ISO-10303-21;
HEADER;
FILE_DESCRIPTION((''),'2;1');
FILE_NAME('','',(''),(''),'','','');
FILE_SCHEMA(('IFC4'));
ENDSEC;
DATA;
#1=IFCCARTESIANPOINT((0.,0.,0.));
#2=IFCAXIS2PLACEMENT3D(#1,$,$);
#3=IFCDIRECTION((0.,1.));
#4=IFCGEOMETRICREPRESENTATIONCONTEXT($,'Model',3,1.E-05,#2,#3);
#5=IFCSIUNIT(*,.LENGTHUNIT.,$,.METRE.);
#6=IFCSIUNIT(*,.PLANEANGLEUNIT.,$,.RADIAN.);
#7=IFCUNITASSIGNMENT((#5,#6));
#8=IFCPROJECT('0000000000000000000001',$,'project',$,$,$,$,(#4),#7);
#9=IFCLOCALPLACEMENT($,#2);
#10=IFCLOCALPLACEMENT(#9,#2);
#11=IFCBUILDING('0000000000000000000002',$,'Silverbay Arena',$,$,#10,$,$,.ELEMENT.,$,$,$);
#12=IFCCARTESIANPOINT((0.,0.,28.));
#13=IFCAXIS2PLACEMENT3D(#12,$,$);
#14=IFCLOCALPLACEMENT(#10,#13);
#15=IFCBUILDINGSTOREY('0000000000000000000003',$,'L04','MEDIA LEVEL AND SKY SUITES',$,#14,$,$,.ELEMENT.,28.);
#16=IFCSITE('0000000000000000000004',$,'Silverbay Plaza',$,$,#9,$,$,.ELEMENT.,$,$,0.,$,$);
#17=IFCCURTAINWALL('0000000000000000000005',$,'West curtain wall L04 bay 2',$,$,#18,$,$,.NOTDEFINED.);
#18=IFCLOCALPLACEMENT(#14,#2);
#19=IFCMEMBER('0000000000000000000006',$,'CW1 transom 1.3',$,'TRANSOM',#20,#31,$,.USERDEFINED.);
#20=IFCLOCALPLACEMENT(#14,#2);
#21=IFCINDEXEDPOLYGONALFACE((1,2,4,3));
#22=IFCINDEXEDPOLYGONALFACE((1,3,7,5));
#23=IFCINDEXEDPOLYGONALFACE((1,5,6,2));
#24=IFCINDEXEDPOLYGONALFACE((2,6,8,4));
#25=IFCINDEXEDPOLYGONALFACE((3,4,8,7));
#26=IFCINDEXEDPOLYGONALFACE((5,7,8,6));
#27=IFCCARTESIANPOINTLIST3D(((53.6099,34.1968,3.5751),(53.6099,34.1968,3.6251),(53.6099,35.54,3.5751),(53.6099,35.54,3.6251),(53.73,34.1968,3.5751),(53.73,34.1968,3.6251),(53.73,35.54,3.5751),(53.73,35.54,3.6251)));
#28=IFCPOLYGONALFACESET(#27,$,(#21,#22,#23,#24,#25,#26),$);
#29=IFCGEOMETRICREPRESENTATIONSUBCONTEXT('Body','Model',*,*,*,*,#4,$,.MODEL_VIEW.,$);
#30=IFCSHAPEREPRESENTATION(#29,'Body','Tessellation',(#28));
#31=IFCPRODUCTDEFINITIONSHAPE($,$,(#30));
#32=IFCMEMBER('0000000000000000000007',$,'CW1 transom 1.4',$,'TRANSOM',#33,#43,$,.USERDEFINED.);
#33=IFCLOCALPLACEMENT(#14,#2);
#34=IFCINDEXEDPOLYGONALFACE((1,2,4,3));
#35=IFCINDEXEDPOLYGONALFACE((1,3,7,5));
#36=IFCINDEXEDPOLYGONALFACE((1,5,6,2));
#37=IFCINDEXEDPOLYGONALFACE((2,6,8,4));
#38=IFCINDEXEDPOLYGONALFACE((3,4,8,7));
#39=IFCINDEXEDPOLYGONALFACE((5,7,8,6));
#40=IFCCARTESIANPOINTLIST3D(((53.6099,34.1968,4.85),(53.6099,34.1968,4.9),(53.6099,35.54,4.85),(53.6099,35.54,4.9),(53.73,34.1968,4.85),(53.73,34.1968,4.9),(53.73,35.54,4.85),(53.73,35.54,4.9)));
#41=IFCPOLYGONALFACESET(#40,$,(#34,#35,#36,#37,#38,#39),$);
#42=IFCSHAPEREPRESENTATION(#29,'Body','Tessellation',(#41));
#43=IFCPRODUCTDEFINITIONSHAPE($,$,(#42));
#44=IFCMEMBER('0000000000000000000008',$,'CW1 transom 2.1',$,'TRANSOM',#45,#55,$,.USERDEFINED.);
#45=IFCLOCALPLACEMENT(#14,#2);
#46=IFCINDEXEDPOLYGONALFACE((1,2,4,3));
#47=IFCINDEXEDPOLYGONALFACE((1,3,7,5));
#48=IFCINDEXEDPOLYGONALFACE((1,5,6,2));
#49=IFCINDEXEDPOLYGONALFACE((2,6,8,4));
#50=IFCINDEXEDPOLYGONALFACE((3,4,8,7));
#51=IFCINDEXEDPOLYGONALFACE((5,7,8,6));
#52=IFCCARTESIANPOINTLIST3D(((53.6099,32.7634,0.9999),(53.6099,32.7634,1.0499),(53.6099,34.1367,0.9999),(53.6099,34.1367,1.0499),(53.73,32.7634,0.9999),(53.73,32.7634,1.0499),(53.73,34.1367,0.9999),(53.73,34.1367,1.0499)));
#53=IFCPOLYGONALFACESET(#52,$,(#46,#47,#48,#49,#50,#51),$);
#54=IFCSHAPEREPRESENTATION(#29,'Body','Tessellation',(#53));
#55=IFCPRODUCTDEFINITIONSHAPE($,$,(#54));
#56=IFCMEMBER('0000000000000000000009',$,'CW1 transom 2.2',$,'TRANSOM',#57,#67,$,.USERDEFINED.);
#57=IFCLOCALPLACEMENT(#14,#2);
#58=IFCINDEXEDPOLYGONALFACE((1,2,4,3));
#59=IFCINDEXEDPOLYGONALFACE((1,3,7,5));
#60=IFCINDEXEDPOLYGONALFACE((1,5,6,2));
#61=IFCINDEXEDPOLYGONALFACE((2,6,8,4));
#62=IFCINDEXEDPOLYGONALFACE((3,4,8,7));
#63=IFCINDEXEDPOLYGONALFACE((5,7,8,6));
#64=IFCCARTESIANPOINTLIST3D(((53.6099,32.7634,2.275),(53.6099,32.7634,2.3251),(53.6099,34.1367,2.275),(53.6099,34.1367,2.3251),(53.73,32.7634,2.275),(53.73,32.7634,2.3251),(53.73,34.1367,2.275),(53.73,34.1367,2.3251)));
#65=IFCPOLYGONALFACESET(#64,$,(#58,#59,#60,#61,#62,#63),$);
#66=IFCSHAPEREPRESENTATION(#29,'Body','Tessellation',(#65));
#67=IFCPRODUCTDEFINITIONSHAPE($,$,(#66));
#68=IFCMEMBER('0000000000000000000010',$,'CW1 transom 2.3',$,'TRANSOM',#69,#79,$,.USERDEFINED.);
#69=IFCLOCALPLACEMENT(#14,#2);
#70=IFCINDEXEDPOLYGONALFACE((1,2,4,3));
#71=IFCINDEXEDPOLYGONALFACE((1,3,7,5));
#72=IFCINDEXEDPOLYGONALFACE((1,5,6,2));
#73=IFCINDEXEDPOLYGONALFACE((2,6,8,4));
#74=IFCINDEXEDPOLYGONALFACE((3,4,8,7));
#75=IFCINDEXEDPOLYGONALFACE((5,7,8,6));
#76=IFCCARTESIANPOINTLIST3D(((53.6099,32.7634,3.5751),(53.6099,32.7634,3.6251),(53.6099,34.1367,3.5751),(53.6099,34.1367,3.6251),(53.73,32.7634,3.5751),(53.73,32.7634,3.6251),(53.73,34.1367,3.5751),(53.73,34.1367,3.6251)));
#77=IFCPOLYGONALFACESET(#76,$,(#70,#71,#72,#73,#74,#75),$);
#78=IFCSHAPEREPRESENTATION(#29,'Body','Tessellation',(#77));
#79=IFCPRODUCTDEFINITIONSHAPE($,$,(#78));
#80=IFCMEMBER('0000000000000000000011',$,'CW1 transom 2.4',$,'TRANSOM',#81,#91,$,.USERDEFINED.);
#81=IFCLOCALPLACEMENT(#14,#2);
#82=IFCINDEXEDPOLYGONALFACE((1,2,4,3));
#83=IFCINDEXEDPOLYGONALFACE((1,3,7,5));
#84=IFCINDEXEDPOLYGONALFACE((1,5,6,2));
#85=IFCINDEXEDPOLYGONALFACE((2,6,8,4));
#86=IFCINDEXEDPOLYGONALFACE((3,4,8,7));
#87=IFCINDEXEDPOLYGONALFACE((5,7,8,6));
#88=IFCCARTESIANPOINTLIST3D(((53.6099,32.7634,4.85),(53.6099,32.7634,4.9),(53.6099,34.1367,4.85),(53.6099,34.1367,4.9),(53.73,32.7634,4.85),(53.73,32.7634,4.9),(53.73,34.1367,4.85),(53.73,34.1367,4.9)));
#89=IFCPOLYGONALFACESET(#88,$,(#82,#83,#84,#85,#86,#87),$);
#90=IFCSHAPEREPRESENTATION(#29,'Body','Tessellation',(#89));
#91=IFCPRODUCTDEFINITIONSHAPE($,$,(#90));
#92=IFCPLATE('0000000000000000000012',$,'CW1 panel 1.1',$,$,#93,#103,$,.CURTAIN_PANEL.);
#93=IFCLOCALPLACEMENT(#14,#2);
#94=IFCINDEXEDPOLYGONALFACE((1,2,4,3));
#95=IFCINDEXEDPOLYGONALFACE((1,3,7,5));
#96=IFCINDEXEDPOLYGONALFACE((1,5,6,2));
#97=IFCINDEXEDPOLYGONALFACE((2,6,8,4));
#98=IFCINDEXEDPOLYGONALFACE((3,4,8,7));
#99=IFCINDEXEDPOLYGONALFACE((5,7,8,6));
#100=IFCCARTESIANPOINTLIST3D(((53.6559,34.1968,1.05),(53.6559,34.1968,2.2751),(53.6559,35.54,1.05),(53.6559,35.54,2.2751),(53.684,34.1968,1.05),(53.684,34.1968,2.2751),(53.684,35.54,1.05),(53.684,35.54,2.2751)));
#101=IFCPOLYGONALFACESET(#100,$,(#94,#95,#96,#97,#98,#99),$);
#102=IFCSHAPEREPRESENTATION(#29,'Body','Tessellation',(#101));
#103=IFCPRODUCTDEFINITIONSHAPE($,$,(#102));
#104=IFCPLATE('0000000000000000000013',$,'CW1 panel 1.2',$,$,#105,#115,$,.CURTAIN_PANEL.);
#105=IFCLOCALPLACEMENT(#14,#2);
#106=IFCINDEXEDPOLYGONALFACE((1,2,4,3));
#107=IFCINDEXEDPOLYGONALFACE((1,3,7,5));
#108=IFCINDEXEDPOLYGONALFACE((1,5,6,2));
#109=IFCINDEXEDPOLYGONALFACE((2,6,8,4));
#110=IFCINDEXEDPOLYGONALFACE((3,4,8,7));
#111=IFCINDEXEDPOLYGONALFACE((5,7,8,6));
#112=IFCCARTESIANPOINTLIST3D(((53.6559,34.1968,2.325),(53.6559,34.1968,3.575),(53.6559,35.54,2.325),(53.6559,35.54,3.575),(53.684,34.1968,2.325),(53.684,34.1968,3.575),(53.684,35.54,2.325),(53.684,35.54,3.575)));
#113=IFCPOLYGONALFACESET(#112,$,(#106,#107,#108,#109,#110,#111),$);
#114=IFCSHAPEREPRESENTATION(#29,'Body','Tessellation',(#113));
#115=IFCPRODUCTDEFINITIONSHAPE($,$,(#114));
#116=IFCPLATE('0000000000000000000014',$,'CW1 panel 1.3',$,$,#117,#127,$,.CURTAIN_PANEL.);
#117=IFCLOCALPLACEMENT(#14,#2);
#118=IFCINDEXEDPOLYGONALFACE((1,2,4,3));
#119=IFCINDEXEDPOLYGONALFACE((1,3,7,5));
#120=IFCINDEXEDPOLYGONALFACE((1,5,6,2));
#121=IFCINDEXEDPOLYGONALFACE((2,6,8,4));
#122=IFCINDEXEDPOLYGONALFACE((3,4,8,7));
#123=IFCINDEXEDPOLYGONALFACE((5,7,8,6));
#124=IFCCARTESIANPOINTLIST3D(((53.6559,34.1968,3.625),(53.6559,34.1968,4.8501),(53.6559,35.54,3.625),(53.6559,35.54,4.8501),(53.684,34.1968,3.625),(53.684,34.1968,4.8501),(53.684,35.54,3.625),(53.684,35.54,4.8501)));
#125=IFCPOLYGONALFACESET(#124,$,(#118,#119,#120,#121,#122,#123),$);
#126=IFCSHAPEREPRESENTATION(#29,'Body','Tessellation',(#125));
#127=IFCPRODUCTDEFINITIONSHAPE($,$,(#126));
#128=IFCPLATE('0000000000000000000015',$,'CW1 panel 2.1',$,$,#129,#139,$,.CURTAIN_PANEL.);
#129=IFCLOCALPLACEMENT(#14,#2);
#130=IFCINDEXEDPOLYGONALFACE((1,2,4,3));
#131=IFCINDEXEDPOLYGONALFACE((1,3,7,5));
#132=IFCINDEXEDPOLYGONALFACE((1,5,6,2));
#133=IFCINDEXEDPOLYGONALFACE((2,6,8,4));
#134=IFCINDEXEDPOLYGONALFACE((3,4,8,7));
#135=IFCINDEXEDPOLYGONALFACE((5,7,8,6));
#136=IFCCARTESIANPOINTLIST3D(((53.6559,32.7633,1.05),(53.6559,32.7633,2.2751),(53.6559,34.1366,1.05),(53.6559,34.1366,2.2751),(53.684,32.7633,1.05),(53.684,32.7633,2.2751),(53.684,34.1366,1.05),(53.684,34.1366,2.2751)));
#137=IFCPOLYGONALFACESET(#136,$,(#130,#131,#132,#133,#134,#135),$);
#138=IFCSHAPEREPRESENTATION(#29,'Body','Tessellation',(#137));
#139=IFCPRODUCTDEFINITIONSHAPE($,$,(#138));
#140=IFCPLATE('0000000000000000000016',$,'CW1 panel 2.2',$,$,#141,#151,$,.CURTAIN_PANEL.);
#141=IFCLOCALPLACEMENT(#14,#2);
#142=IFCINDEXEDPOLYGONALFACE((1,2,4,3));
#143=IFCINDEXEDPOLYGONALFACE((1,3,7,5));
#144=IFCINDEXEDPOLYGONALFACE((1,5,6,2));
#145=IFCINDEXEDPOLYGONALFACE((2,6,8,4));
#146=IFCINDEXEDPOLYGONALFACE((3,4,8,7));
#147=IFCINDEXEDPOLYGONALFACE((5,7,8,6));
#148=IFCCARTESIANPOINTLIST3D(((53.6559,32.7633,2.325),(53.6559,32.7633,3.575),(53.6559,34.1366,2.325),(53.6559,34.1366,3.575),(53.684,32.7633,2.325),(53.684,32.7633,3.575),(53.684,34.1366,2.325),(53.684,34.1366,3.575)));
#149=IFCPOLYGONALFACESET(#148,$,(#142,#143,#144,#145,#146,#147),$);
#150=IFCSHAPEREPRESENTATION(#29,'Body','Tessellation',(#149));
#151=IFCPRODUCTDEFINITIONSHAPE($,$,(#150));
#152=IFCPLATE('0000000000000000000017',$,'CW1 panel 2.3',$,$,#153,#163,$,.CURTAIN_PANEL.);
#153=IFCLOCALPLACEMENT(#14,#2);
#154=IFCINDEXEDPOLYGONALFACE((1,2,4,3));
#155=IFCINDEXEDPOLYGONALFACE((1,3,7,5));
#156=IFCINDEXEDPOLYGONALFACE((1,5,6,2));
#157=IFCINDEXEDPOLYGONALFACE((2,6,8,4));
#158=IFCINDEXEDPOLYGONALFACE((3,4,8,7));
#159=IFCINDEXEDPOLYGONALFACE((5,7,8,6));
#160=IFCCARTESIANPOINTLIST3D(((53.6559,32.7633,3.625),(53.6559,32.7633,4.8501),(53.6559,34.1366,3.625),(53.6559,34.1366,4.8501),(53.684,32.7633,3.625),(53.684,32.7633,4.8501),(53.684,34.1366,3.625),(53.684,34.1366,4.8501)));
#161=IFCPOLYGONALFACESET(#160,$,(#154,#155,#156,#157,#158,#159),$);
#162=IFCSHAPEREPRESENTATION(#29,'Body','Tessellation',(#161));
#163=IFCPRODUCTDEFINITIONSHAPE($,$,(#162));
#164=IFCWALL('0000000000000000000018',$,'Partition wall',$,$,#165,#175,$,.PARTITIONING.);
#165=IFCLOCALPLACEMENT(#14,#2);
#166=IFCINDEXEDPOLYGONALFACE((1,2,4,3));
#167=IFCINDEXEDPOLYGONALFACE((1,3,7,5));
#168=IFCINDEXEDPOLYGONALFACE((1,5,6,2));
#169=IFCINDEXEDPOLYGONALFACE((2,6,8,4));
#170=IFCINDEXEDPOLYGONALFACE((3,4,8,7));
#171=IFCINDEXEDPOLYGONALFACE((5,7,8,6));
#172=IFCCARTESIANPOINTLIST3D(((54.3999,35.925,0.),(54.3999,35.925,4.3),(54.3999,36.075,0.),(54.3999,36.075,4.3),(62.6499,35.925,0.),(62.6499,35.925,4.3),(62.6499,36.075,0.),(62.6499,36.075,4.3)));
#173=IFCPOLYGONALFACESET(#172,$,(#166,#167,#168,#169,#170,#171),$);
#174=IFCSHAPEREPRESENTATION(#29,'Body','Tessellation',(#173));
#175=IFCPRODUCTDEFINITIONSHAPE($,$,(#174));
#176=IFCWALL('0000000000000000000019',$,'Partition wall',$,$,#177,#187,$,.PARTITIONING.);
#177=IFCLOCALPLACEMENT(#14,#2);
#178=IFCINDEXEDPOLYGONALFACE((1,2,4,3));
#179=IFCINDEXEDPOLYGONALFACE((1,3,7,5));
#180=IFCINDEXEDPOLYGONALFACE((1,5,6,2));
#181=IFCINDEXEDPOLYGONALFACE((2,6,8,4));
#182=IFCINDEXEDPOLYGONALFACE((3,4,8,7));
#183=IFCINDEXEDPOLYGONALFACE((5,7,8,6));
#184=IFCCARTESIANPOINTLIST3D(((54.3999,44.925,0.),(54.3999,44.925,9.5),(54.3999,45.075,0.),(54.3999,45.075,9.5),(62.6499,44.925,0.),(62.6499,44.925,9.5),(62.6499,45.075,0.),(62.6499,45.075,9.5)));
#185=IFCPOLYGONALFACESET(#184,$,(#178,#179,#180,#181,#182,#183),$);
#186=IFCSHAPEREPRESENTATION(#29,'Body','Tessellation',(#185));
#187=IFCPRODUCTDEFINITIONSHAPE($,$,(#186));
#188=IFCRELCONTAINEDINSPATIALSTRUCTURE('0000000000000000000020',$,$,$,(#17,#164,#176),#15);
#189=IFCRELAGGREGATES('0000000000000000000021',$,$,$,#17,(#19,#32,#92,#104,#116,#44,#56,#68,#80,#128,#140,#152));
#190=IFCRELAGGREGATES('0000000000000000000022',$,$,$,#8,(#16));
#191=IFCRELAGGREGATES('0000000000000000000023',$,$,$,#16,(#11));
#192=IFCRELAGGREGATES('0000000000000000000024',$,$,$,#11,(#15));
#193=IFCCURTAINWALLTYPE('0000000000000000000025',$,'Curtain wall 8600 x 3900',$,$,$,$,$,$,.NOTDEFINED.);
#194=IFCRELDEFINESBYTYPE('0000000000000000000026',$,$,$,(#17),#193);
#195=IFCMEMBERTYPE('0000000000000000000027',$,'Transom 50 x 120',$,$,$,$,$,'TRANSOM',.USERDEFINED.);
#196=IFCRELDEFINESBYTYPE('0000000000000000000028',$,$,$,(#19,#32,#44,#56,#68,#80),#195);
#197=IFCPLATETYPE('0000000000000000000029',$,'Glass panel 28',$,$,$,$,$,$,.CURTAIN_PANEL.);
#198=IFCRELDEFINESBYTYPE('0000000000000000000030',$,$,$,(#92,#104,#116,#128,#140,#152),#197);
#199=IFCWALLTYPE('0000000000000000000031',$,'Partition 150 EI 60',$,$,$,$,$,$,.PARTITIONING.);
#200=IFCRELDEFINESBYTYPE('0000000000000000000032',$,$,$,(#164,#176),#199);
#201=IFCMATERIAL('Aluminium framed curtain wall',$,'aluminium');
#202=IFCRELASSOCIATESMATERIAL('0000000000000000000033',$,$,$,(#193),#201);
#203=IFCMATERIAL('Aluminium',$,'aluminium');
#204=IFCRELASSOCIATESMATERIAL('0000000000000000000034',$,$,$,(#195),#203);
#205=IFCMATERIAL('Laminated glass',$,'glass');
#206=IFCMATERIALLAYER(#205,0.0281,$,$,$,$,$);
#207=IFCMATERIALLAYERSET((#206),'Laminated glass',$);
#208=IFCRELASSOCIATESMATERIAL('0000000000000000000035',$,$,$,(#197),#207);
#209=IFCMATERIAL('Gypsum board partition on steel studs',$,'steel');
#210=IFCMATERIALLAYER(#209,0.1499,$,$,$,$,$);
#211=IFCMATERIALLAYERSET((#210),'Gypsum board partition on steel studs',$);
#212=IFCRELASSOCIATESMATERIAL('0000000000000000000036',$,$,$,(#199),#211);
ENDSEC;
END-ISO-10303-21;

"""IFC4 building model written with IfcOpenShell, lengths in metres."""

from ifc_helpers import new_model, si_unit, direction, frame, frame_2d, origin, origin_2d, place, context, subcontext, project, spatial, rectangle, extrude, material, layer, layer_set, material_profile, profile_set, type_object, element, aggregate, save


model = new_model("IFC4")

# Units and contexts
model_context = context("Model", 3, precision=1e-05, world=origin(), true_north=direction((0.0, 1.0)))
body_context = subcontext(model_context, "Body", "Model", "MODEL_VIEW")
ifc_project = project(units=[si_unit("LENGTHUNIT", "METRE"), si_unit("PLANEANGLEUNIT", "RADIAN")], contexts=[model_context])

# Site, building, storey
site_placement = place(None, origin())
site = spatial("IfcSite", under=ifc_project, at=site_placement, Name="Silverbay Plaza", CompositionType="ELEMENT", RefElevation=0.0)
building_placement = place(site_placement, origin())
building = spatial("IfcBuilding", under=site, at=building_placement, Name="Silverbay Arena", CompositionType="ELEMENT")
storey_placement = place(building_placement, frame((0.0, 0.0, 28.0)))
storey = spatial("IfcBuildingStorey", under=building, at=storey_placement, Name="L04", Description="MEDIA LEVEL AND SKY SUITES", CompositionType="ELEMENT", Elevation=28.0)

# Curtain wall
ifc_material_1 = material(Name="Aluminium framed curtain wall", Category="aluminium")
curtain_wall_type = type_object("IfcCurtainWallType", Name="Curtain wall 8600 x 3900", PredefinedType="NOTDEFINED", material=ifc_material_1)
curtain_wall_placement = place(storey_placement, origin())
curtain_wall = element("IfcCurtainWall", 1, at=curtain_wall_placement, inside=storey, type_object=curtain_wall_type, Name="West curtain wall L04 bay 2", PredefinedType="NOTDEFINED")

# Members
ifc_material_2 = material(Name="Aluminium", Category="aluminium")
ifc_material_profile_1 = material_profile(ifc_material_2, rectangle(XDim=0.1201, YDim=0.05, at=origin_2d()), Name="Transom 50 x 120")
ifc_profile_set_1 = profile_set([ifc_material_profile_1], Name="Aluminium")
member_type_1 = type_object("IfcMemberType", Name="Transom 50 x 120", ElementType="TRANSOM", PredefinedType="USERDEFINED", material=ifc_profile_set_1)
member_1_placement = place(storey_placement, frame((53.6699, 35.54, 3.6001), z_axis=(0.0, -1.0, 0.0), x_axis=(1.0, 0.0, 0.0)))
member_1 = element("IfcMember", 2, at=member_1_placement, type_object=member_type_1, Name="CW1 transom 1.3", ObjectType="TRANSOM", PredefinedType="USERDEFINED", context=body_context, shape_type="SweptSolid", body=[
    extrude(rectangle(XDim=0.1201, YDim=0.05, at=origin_2d()), origin(), (0.0, 0.0, 1.0), 1.3433),
])
member_2_placement = place(storey_placement, frame((53.6699, 35.54, 4.875), z_axis=(0.0, -1.0, 0.0), x_axis=(1.0, 0.0, 0.0)))
member_2 = element("IfcMember", 3, at=member_2_placement, type_object=member_type_1, Name="CW1 transom 1.4", ObjectType="TRANSOM", PredefinedType="USERDEFINED", context=body_context, shape_type="SweptSolid", body=[
    extrude(rectangle(XDim=0.1201, YDim=0.05, at=origin_2d()), origin(), (0.0, 0.0, 1.0), 1.3433),
])
member_3_placement = place(storey_placement, frame((53.6699, 34.1367, 1.0249), z_axis=(0.0, -1.0, 0.0), x_axis=(1.0, 0.0, 0.0)))
member_3 = element("IfcMember", 4, at=member_3_placement, type_object=member_type_1, Name="CW1 transom 2.1", ObjectType="TRANSOM", PredefinedType="USERDEFINED", context=body_context, shape_type="SweptSolid", body=[
    extrude(rectangle(XDim=0.1201, YDim=0.05, at=origin_2d()), origin(), (0.0, 0.0, 1.0), 1.3733),
])
member_4_placement = place(storey_placement, frame((53.6699, 34.1367, 2.3), z_axis=(0.0, -1.0, 0.0), x_axis=(1.0, 0.0, 0.0)))
member_4 = element("IfcMember", 5, at=member_4_placement, type_object=member_type_1, Name="CW1 transom 2.2", ObjectType="TRANSOM", PredefinedType="USERDEFINED", context=body_context, shape_type="SweptSolid", body=[
    extrude(rectangle(XDim=0.1201, YDim=0.05, at=origin_2d()), origin(), (0.0, 0.0, 1.0), 1.3733),
])
member_5_placement = place(storey_placement, frame((53.6699, 34.1367, 3.6001), z_axis=(0.0, -1.0, 0.0), x_axis=(1.0, 0.0, 0.0)))
member_5 = element("IfcMember", 6, at=member_5_placement, type_object=member_type_1, Name="CW1 transom 2.3", ObjectType="TRANSOM", PredefinedType="USERDEFINED", context=body_context, shape_type="SweptSolid", body=[
    extrude(rectangle(XDim=0.1201, YDim=0.05, at=origin_2d()), origin(), (0.0, 0.0, 1.0), 1.3733),
])
member_6_placement = place(storey_placement, frame((53.6699, 34.1367, 4.875), z_axis=(0.0, -1.0, 0.0), x_axis=(1.0, 0.0, 0.0)))
member_6 = element("IfcMember", 7, at=member_6_placement, type_object=member_type_1, Name="CW1 transom 2.4", ObjectType="TRANSOM", PredefinedType="USERDEFINED", context=body_context, shape_type="SweptSolid", body=[
    extrude(rectangle(XDim=0.1201, YDim=0.05, at=origin_2d()), origin(), (0.0, 0.0, 1.0), 1.3733),
])

# Plates
ifc_material_3 = material(Name="Laminated glass", Category="glass")
ifc_layer_1 = layer(ifc_material_3, 0.0281)
ifc_layer_set_1 = layer_set([ifc_layer_1], Name="Laminated glass")
plate_type = type_object("IfcPlateType", Name="Glass panel 28", PredefinedType="CURTAIN_PANEL", material=ifc_layer_set_1)
plate_1_placement = place(storey_placement, frame((53.6699, 34.8684, 1.05), z_axis=(0.0, 0.0, 1.0), x_axis=(0.0, -1.0, 0.0)))
plate_1 = element("IfcPlate", 8, at=plate_1_placement, type_object=plate_type, Name="CW1 panel 1.1", PredefinedType="CURTAIN_PANEL", context=body_context, shape_type="SweptSolid", body=[
    extrude(rectangle(XDim=1.3433, YDim=0.0281, at=origin_2d()), origin(), (0.0, 0.0, 1.0), 1.2251),
])
plate_2_placement = place(storey_placement, frame((53.6699, 34.8684, 2.325), z_axis=(0.0, 0.0, 1.0), x_axis=(0.0, -1.0, 0.0)))
plate_2 = element("IfcPlate", 9, at=plate_2_placement, type_object=plate_type, Name="CW1 panel 1.2", PredefinedType="CURTAIN_PANEL", context=body_context, shape_type="SweptSolid", body=[
    extrude(rectangle(XDim=1.3433, YDim=0.0281, at=origin_2d()), origin(), (0.0, 0.0, 1.0), 1.25),
])
plate_3_placement = place(storey_placement, frame((53.6699, 34.8684, 3.625), z_axis=(0.0, 0.0, 1.0), x_axis=(0.0, -1.0, 0.0)))
plate_3 = element("IfcPlate", 10, at=plate_3_placement, type_object=plate_type, Name="CW1 panel 1.3", PredefinedType="CURTAIN_PANEL", context=body_context, shape_type="SweptSolid", body=[
    extrude(rectangle(XDim=1.3433, YDim=0.0281, at=origin_2d()), origin(), (0.0, 0.0, 1.0), 1.2251),
])
plate_4_placement = place(storey_placement, frame((53.6699, 33.45, 1.05), z_axis=(0.0, 0.0, 1.0), x_axis=(0.0, -1.0, 0.0)))
plate_4 = element("IfcPlate", 11, at=plate_4_placement, type_object=plate_type, Name="CW1 panel 2.1", PredefinedType="CURTAIN_PANEL", context=body_context, shape_type="SweptSolid", body=[
    extrude(rectangle(XDim=1.3733, YDim=0.0281, at=origin_2d()), origin(), (0.0, 0.0, 1.0), 1.2251),
])
plate_5_placement = place(storey_placement, frame((53.6699, 33.45, 2.325), z_axis=(0.0, 0.0, 1.0), x_axis=(0.0, -1.0, 0.0)))
plate_5 = element("IfcPlate", 12, at=plate_5_placement, type_object=plate_type, Name="CW1 panel 2.2", PredefinedType="CURTAIN_PANEL", context=body_context, shape_type="SweptSolid", body=[
    extrude(rectangle(XDim=1.3733, YDim=0.0281, at=origin_2d()), origin(), (0.0, 0.0, 1.0), 1.25),
])
plate_6_placement = place(storey_placement, frame((53.6699, 33.45, 3.625), z_axis=(0.0, 0.0, 1.0), x_axis=(0.0, -1.0, 0.0)))
plate_6 = element("IfcPlate", 13, at=plate_6_placement, type_object=plate_type, Name="CW1 panel 2.3", PredefinedType="CURTAIN_PANEL", context=body_context, shape_type="SweptSolid", body=[
    extrude(rectangle(XDim=1.3733, YDim=0.0281, at=origin_2d()), origin(), (0.0, 0.0, 1.0), 1.2251),
])
aggregate(curtain_wall, [member_1, member_2, plate_1, plate_2, plate_3, member_3, member_4, member_5, member_6, plate_4, plate_5, plate_6])

# Walls
ifc_material_4 = material(Name="Gypsum board partition on steel studs", Category="steel")
ifc_layer_2 = layer(ifc_material_4, 0.1499)
ifc_layer_set_2 = layer_set([ifc_layer_2], Name="Gypsum board partition on steel studs")
wall_type_1 = type_object("IfcWallType", Name="Partition 150 EI 60", PredefinedType="PARTITIONING", material=ifc_layer_set_2)
wall_1_placement = place(storey_placement, frame((54.3999, 36.0, 0.0), z_axis=(0.0, 0.0, 1.0), x_axis=(1.0, 0.0, 0.0)))
element("IfcWall", 14, at=wall_1_placement, inside=storey, type_object=wall_type_1, Name="Partition wall", PredefinedType="PARTITIONING", context=body_context, shape_type="SweptSolid", body=[
    extrude(rectangle(XDim=8.25, YDim=0.1499, at=frame_2d((4.125, 0.0))), origin(), (0.0, 0.0, 1.0), 4.3),
])
wall_2_placement = place(storey_placement, frame((54.3999, 45.0, 0.0), z_axis=(0.0, 0.0, 1.0), x_axis=(1.0, 0.0, 0.0)))
element("IfcWall", 15, at=wall_2_placement, inside=storey, type_object=wall_type_1, Name="Partition wall", PredefinedType="PARTITIONING", context=body_context, shape_type="SweptSolid", body=[
    extrude(rectangle(XDim=8.25, YDim=0.1499, at=frame_2d((4.125, 0.0))), origin(), (0.0, 0.0, 1.0), 9.5),
])

save(model, "model.ifc")
